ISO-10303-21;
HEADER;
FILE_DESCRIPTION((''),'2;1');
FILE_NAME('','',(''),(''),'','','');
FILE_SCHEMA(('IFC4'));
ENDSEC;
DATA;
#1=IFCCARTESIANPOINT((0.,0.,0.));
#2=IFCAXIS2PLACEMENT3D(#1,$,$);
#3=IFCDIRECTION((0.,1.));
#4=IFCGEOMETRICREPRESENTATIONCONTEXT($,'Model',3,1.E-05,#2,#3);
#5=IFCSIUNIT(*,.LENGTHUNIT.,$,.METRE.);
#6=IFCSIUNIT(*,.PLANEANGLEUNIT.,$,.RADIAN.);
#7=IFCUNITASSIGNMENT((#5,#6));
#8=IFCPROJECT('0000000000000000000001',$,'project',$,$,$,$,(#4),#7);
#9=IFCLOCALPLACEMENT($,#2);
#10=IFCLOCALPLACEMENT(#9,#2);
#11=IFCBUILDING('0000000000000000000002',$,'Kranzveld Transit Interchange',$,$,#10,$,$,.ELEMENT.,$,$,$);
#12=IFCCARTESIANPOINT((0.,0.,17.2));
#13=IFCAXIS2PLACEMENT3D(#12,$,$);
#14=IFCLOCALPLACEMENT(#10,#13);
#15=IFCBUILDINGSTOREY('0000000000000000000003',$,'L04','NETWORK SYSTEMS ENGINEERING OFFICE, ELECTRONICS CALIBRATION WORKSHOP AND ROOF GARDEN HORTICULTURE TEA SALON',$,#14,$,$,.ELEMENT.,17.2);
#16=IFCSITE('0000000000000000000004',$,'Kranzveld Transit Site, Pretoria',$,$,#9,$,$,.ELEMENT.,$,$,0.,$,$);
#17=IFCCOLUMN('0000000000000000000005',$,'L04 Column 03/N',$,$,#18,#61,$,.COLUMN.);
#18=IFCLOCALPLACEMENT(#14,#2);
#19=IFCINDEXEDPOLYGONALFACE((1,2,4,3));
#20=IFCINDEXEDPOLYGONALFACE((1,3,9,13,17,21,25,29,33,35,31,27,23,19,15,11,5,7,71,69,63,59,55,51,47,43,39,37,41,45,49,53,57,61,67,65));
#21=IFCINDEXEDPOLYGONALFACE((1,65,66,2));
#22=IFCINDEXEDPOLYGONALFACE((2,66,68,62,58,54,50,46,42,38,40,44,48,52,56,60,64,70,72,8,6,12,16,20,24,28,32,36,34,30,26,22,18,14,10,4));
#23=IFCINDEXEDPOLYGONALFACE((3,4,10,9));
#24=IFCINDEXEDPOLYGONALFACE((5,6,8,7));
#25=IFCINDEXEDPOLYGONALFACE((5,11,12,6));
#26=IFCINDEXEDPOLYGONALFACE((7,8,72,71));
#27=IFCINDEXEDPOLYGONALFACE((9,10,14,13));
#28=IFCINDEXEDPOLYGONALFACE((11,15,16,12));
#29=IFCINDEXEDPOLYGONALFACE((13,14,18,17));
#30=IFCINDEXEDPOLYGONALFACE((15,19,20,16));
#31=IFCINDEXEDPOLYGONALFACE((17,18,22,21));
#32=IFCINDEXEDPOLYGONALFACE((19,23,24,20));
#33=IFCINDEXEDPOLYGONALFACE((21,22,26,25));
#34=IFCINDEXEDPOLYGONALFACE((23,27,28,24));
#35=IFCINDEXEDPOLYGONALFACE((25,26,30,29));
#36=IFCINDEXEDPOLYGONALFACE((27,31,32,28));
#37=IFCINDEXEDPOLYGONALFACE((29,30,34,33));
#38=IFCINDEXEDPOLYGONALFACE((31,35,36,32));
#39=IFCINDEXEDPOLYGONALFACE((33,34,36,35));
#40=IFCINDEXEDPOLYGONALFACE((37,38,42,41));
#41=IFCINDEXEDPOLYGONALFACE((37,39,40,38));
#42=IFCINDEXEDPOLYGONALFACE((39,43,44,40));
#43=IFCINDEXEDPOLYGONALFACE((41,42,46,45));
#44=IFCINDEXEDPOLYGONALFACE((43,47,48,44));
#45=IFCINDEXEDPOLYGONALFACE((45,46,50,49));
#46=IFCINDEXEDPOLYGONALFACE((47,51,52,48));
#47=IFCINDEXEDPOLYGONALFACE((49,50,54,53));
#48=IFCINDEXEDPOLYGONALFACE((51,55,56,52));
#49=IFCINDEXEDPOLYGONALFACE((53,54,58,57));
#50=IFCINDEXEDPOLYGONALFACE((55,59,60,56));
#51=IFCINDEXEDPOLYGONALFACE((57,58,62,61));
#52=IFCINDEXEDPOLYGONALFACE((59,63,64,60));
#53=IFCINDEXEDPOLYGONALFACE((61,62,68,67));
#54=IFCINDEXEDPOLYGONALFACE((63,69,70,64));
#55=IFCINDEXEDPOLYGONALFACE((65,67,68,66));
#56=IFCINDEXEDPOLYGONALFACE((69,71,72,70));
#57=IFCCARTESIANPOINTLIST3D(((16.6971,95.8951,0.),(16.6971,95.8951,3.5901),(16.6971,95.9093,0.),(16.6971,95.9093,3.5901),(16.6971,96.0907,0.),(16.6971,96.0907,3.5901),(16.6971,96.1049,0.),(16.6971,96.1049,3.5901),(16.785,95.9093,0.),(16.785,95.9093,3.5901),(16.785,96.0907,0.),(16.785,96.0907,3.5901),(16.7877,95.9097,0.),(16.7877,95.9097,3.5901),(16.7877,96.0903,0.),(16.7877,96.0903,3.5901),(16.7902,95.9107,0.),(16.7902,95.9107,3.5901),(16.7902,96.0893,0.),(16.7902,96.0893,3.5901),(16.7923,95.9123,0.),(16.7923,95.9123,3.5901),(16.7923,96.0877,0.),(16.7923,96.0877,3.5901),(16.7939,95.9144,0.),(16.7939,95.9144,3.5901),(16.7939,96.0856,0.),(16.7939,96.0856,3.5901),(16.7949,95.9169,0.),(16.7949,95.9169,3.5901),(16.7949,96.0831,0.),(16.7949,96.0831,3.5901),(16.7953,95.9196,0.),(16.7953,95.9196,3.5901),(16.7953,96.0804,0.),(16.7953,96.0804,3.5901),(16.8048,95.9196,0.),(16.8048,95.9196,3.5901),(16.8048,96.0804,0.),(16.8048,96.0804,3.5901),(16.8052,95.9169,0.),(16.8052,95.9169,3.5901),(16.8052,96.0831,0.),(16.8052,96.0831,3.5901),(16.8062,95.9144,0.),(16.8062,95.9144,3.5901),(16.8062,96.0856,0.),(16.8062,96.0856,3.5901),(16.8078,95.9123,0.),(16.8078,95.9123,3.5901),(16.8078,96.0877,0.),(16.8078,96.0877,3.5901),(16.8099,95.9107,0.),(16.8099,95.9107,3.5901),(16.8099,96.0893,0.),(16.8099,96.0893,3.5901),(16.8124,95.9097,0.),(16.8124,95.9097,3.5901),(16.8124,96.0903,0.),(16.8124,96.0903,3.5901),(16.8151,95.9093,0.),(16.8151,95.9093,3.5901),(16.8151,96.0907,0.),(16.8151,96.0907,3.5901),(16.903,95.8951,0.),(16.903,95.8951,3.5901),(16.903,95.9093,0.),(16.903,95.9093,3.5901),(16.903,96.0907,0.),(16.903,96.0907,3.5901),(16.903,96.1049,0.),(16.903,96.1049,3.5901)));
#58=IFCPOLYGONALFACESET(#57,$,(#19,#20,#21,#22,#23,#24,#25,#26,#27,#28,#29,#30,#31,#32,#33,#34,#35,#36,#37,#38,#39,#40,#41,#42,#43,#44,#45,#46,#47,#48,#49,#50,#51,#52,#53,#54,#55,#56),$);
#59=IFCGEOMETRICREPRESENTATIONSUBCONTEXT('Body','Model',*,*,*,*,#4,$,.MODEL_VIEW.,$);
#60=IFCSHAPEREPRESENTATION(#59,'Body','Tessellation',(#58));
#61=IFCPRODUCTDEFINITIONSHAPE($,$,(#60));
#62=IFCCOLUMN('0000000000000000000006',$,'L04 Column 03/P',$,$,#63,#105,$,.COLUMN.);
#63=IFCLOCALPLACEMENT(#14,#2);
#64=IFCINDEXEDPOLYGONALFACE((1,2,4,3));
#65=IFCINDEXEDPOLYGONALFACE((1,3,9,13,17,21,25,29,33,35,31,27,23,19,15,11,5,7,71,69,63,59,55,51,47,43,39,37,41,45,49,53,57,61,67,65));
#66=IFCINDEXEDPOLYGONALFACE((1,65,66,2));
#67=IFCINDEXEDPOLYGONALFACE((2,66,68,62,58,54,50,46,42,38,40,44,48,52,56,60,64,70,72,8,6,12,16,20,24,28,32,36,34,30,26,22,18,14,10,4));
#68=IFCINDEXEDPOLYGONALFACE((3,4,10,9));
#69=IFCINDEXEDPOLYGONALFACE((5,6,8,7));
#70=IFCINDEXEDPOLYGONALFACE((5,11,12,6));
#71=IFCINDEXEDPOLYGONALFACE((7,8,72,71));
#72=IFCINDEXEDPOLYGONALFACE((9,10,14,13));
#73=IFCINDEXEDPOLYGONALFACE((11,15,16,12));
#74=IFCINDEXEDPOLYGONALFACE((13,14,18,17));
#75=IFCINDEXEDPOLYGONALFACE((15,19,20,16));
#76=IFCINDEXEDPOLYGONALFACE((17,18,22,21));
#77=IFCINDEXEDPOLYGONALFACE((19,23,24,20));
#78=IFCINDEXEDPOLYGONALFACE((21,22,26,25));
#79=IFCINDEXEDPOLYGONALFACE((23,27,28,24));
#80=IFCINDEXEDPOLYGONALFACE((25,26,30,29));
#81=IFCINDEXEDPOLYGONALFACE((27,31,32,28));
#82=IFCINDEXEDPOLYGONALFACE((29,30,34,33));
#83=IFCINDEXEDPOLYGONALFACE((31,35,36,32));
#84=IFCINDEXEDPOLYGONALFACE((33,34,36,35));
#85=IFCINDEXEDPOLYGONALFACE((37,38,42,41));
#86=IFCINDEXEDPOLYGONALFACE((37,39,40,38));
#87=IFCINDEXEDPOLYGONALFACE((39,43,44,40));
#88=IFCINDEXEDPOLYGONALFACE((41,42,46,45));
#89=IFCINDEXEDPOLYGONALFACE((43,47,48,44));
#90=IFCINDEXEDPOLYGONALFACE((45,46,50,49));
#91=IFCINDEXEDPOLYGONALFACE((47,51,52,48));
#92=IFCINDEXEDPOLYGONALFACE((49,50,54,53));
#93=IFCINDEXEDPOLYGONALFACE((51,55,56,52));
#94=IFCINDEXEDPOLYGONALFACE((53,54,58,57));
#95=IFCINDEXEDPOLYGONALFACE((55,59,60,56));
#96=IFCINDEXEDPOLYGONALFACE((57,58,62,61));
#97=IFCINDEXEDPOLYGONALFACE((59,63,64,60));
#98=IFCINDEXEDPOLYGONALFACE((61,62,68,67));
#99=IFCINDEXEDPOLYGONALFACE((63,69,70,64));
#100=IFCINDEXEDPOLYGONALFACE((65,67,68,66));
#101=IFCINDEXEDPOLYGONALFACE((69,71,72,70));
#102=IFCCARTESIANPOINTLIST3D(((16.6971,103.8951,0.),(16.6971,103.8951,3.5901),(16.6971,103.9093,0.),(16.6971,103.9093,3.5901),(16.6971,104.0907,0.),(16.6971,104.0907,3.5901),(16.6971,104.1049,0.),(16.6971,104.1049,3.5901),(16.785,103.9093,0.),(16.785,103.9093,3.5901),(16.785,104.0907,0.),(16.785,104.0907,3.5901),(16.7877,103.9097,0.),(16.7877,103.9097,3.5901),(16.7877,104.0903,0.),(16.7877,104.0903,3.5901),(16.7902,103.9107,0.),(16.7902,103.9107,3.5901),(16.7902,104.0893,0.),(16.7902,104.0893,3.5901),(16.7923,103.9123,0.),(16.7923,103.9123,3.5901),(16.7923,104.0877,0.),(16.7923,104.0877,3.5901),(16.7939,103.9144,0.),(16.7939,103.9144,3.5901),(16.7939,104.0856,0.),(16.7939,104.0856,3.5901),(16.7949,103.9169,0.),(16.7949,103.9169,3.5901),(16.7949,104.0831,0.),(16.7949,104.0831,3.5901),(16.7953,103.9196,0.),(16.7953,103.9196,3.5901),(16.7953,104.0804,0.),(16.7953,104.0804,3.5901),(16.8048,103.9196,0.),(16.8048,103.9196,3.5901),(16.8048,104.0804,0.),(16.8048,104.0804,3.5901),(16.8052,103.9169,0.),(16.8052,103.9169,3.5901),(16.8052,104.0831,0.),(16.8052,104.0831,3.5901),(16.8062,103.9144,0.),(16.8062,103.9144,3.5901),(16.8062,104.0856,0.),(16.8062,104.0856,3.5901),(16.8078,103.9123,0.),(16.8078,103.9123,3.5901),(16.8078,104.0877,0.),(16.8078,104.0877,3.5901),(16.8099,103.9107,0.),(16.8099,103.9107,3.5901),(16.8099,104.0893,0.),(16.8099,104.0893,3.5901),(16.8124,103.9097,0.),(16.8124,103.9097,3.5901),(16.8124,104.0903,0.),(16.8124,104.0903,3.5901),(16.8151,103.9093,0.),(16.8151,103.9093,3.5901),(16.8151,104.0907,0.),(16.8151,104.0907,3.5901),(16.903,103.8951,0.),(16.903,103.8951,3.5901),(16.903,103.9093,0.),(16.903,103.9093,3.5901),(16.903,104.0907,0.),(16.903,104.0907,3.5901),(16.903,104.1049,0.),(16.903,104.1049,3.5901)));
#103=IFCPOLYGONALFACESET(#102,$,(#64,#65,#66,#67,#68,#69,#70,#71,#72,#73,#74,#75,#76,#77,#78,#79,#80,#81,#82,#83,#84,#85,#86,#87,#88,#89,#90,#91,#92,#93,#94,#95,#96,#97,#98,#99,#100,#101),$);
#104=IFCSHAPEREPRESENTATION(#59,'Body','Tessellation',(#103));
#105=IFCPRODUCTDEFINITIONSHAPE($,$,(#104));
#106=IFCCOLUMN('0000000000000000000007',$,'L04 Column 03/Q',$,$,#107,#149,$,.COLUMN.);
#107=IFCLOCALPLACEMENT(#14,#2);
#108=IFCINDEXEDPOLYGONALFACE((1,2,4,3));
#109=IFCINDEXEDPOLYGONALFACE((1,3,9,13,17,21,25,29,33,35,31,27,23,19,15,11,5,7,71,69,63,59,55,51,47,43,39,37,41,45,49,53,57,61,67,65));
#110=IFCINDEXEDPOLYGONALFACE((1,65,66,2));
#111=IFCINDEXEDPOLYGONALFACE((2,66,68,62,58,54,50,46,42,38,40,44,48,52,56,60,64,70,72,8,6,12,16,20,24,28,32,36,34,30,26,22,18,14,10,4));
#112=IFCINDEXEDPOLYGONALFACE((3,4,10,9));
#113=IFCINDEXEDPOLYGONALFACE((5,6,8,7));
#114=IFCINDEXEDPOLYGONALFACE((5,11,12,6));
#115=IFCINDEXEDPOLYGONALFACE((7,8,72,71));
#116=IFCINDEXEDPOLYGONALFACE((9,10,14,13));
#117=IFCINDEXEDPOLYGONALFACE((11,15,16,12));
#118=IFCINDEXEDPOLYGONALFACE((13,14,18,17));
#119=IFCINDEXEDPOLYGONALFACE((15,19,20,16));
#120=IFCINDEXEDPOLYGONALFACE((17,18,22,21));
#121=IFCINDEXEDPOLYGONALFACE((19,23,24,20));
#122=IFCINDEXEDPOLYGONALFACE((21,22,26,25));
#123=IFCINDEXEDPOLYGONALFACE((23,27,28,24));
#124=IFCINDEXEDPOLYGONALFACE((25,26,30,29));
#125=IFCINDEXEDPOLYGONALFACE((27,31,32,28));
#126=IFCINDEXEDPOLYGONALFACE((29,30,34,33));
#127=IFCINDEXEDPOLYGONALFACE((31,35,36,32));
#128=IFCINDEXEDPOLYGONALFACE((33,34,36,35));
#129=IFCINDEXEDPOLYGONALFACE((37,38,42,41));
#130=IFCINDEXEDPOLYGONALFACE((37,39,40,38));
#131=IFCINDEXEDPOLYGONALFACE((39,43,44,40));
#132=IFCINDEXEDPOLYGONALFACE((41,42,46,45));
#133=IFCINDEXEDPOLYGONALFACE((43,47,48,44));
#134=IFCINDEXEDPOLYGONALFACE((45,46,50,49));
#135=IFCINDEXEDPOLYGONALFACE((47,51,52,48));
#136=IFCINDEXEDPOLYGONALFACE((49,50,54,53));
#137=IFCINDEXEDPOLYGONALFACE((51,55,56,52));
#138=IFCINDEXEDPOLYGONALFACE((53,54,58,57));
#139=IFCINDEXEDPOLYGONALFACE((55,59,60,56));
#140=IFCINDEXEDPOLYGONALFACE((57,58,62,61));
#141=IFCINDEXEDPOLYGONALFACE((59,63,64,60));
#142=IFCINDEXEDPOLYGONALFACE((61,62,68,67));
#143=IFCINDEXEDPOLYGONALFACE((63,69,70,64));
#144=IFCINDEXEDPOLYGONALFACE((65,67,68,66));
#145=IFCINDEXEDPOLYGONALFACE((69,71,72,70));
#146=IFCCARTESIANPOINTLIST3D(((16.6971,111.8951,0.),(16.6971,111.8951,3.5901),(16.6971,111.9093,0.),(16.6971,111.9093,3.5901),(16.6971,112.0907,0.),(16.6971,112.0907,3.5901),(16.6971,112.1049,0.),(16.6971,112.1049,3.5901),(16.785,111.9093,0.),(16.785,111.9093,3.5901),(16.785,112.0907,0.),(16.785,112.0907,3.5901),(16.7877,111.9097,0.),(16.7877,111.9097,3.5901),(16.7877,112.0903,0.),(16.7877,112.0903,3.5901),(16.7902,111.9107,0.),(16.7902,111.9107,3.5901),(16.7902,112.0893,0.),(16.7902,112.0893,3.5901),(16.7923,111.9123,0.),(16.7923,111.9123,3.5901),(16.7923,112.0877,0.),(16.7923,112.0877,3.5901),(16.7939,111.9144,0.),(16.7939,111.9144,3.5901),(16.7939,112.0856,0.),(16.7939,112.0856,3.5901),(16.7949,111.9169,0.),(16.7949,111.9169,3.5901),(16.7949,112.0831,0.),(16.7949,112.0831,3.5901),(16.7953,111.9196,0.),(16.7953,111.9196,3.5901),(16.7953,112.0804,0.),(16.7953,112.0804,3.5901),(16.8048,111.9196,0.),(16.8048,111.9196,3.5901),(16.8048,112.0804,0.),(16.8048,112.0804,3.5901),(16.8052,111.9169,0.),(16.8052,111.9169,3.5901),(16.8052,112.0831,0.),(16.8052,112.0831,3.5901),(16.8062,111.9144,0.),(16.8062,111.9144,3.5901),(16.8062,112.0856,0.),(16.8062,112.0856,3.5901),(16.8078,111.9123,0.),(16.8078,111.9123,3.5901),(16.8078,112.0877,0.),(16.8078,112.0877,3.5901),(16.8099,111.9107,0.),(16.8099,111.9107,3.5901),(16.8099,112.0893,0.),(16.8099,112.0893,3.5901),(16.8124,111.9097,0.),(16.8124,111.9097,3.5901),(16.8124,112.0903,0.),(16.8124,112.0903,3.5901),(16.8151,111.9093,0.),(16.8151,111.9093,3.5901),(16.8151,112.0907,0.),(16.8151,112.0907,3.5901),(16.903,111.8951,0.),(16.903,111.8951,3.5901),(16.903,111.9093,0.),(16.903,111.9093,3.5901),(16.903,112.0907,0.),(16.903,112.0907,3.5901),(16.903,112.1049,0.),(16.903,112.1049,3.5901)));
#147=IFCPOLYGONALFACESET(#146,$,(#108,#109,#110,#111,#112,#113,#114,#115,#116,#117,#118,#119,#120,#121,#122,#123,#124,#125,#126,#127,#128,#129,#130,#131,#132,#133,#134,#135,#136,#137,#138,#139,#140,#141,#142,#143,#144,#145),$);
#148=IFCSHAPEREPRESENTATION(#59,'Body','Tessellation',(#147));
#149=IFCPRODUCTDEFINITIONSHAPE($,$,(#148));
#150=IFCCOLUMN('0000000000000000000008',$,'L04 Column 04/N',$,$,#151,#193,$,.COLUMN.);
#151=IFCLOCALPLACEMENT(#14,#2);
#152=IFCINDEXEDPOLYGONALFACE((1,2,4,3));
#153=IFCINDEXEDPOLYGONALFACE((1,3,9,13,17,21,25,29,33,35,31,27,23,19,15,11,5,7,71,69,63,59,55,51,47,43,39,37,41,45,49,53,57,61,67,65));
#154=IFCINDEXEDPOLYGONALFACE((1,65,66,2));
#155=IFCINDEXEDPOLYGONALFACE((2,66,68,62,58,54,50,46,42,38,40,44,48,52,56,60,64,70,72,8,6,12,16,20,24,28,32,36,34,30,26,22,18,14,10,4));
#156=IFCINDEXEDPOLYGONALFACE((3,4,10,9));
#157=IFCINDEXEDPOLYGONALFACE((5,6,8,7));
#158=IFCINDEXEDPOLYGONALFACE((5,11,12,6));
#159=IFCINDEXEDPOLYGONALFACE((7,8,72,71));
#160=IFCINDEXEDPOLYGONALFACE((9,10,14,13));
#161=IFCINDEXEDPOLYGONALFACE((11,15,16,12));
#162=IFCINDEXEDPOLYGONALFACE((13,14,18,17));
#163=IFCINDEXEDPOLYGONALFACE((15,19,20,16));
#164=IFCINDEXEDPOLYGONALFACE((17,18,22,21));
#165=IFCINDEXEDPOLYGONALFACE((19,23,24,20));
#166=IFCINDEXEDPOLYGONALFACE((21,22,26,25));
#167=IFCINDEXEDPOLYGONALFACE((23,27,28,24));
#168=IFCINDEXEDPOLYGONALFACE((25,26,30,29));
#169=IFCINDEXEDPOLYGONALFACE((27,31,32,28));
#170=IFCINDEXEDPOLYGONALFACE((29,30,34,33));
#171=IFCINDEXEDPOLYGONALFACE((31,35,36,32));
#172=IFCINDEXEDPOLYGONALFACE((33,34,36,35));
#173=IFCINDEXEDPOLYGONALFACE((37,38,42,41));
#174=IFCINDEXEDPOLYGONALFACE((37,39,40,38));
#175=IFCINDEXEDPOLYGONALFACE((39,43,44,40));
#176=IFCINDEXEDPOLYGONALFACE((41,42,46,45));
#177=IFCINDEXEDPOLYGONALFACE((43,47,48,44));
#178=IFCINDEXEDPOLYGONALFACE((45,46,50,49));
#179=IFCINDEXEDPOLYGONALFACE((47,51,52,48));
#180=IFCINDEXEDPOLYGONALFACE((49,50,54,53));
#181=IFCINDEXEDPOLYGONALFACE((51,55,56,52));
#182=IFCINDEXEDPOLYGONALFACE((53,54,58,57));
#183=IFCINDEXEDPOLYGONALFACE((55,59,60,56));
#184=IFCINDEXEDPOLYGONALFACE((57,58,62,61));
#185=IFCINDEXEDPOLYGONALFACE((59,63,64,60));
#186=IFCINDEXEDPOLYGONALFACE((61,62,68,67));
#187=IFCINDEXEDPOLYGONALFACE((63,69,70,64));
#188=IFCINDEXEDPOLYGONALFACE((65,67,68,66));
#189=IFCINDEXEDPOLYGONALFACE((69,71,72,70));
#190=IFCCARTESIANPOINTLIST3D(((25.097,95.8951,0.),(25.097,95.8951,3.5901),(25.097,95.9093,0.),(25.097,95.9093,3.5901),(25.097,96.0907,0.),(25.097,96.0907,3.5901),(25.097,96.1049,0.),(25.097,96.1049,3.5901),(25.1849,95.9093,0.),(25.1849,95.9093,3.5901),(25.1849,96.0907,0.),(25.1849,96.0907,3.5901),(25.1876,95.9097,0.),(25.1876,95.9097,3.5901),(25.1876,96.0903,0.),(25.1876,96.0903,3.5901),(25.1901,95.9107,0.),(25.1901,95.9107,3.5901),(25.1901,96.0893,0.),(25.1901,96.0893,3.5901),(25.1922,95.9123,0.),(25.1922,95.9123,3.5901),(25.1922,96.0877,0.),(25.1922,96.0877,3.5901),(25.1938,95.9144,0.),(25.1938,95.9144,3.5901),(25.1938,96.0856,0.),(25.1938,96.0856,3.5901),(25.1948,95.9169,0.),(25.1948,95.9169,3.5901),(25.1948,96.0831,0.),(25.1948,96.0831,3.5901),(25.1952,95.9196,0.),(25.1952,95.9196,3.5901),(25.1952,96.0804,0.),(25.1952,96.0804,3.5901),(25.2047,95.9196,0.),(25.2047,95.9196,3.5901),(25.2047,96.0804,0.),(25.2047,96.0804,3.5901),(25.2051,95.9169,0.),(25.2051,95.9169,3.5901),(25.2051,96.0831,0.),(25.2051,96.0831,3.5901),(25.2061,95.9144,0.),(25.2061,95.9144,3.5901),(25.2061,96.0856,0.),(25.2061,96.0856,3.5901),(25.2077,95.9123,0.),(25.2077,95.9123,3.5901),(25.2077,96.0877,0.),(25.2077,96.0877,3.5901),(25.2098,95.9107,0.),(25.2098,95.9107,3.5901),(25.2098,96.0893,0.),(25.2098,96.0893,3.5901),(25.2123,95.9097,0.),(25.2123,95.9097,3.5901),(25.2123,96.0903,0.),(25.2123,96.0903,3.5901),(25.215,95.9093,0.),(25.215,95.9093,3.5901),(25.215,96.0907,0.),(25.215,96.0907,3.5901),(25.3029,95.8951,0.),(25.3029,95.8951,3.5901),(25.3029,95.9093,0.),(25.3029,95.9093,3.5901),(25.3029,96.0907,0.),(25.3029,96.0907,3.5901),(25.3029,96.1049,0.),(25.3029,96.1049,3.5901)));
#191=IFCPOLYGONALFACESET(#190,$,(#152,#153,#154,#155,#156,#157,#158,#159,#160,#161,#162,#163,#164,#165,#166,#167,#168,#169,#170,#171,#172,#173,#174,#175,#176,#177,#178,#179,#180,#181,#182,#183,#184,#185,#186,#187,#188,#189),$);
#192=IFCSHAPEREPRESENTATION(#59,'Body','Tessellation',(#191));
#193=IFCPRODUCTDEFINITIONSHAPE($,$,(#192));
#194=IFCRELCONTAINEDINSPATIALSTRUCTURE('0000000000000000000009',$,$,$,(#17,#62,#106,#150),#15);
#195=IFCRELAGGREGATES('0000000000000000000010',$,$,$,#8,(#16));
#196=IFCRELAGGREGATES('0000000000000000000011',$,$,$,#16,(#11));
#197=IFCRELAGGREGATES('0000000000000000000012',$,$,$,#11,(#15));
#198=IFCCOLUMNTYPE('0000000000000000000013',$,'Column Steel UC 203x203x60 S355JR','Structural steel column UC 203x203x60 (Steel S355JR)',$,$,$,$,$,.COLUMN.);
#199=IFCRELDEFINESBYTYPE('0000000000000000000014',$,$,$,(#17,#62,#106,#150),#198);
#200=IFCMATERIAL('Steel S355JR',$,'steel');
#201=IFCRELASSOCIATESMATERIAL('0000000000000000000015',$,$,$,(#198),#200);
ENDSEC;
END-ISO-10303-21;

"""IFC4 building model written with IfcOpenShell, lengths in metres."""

from ifc_helpers import new_model, si_unit, direction, frame, origin, origin_2d, place, context, subcontext, project, spatial, i_section, extrude, material, material_profile, profile_set, type_object, element, save


model = new_model("IFC4")

# Units and contexts
model_context = context("Model", 3, precision=1e-05, world=origin(), true_north=direction((0.0, 1.0)))
body_context = subcontext(model_context, "Body", "Model", "MODEL_VIEW")
ifc_project = project(units=[si_unit("LENGTHUNIT", "METRE"), si_unit("PLANEANGLEUNIT", "RADIAN")], contexts=[model_context])

# Site, building, storey
site_placement = place(None, origin())
site = spatial("IfcSite", under=ifc_project, at=site_placement, Name="Kranzveld Transit Site, Pretoria", CompositionType="ELEMENT", RefElevation=0.0)
building_placement = place(site_placement, origin())
building = spatial("IfcBuilding", under=site, at=building_placement, Name="Kranzveld Transit Interchange", CompositionType="ELEMENT")
storey_placement = place(building_placement, frame((0.0, 0.0, 17.2)))
storey = spatial("IfcBuildingStorey", under=building, at=storey_placement, Name="L04", Description="NETWORK SYSTEMS ENGINEERING OFFICE, ELECTRONICS CALIBRATION WORKSHOP AND ROOF GARDEN HORTICULTURE TEA SALON", CompositionType="ELEMENT", Elevation=17.2)

# Columns
ifc_material_1 = material(Name="Steel S355JR", Category="steel")
ifc_material_profile_1 = material_profile(ifc_material_1, i_section(OverallWidth=0.2058, OverallDepth=0.2097, WebThickness=0.0095, FlangeThickness=0.0142, FilletRadius=0.0103, at=origin_2d()), Name="UC 203x203x60")
ifc_profile_set_1 = profile_set([ifc_material_profile_1], Name="Steel S355JR")
column_type = type_object("IfcColumnType", Name="Column Steel UC 203x203x60 S355JR", Description="Structural steel column UC 203x203x60 (Steel S355JR)", PredefinedType="COLUMN", material=ifc_profile_set_1)
for number, where, z_axis, x_axis, name in (
    (1, (16.8, 96.0, 0.0), (0.0, 0.0, 1.0), (1.0, 0.0, 0.0), "L04 Column 03/N"),
    (2, (16.8, 104.0, 0.0), (0.0, 0.0, 1.0), (1.0, 0.0, 0.0), "L04 Column 03/P"),
    (3, (16.8, 112.0, 0.0), (0.0, 0.0, 1.0), (1.0, 0.0, 0.0), "L04 Column 03/Q"),
    (4, (25.2, 96.0, 0.0), (0.0, 0.0, 1.0), (1.0, 0.0, 0.0), "L04 Column 04/N"),
):
    element("IfcColumn", number, at=place(storey_placement, frame(where, z_axis=z_axis, x_axis=x_axis)), inside=storey, type_object=column_type, Name=name, PredefinedType="COLUMN", context=body_context, shape_type="SweptSolid", body=[
        extrude(i_section(OverallWidth=0.2058, OverallDepth=0.2097, WebThickness=0.0095, FlangeThickness=0.0142, FilletRadius=0.0103, at=origin_2d()), origin(), (0.0, 0.0, 1.0), 3.5901),
    ])

save(model, "model.ifc")
